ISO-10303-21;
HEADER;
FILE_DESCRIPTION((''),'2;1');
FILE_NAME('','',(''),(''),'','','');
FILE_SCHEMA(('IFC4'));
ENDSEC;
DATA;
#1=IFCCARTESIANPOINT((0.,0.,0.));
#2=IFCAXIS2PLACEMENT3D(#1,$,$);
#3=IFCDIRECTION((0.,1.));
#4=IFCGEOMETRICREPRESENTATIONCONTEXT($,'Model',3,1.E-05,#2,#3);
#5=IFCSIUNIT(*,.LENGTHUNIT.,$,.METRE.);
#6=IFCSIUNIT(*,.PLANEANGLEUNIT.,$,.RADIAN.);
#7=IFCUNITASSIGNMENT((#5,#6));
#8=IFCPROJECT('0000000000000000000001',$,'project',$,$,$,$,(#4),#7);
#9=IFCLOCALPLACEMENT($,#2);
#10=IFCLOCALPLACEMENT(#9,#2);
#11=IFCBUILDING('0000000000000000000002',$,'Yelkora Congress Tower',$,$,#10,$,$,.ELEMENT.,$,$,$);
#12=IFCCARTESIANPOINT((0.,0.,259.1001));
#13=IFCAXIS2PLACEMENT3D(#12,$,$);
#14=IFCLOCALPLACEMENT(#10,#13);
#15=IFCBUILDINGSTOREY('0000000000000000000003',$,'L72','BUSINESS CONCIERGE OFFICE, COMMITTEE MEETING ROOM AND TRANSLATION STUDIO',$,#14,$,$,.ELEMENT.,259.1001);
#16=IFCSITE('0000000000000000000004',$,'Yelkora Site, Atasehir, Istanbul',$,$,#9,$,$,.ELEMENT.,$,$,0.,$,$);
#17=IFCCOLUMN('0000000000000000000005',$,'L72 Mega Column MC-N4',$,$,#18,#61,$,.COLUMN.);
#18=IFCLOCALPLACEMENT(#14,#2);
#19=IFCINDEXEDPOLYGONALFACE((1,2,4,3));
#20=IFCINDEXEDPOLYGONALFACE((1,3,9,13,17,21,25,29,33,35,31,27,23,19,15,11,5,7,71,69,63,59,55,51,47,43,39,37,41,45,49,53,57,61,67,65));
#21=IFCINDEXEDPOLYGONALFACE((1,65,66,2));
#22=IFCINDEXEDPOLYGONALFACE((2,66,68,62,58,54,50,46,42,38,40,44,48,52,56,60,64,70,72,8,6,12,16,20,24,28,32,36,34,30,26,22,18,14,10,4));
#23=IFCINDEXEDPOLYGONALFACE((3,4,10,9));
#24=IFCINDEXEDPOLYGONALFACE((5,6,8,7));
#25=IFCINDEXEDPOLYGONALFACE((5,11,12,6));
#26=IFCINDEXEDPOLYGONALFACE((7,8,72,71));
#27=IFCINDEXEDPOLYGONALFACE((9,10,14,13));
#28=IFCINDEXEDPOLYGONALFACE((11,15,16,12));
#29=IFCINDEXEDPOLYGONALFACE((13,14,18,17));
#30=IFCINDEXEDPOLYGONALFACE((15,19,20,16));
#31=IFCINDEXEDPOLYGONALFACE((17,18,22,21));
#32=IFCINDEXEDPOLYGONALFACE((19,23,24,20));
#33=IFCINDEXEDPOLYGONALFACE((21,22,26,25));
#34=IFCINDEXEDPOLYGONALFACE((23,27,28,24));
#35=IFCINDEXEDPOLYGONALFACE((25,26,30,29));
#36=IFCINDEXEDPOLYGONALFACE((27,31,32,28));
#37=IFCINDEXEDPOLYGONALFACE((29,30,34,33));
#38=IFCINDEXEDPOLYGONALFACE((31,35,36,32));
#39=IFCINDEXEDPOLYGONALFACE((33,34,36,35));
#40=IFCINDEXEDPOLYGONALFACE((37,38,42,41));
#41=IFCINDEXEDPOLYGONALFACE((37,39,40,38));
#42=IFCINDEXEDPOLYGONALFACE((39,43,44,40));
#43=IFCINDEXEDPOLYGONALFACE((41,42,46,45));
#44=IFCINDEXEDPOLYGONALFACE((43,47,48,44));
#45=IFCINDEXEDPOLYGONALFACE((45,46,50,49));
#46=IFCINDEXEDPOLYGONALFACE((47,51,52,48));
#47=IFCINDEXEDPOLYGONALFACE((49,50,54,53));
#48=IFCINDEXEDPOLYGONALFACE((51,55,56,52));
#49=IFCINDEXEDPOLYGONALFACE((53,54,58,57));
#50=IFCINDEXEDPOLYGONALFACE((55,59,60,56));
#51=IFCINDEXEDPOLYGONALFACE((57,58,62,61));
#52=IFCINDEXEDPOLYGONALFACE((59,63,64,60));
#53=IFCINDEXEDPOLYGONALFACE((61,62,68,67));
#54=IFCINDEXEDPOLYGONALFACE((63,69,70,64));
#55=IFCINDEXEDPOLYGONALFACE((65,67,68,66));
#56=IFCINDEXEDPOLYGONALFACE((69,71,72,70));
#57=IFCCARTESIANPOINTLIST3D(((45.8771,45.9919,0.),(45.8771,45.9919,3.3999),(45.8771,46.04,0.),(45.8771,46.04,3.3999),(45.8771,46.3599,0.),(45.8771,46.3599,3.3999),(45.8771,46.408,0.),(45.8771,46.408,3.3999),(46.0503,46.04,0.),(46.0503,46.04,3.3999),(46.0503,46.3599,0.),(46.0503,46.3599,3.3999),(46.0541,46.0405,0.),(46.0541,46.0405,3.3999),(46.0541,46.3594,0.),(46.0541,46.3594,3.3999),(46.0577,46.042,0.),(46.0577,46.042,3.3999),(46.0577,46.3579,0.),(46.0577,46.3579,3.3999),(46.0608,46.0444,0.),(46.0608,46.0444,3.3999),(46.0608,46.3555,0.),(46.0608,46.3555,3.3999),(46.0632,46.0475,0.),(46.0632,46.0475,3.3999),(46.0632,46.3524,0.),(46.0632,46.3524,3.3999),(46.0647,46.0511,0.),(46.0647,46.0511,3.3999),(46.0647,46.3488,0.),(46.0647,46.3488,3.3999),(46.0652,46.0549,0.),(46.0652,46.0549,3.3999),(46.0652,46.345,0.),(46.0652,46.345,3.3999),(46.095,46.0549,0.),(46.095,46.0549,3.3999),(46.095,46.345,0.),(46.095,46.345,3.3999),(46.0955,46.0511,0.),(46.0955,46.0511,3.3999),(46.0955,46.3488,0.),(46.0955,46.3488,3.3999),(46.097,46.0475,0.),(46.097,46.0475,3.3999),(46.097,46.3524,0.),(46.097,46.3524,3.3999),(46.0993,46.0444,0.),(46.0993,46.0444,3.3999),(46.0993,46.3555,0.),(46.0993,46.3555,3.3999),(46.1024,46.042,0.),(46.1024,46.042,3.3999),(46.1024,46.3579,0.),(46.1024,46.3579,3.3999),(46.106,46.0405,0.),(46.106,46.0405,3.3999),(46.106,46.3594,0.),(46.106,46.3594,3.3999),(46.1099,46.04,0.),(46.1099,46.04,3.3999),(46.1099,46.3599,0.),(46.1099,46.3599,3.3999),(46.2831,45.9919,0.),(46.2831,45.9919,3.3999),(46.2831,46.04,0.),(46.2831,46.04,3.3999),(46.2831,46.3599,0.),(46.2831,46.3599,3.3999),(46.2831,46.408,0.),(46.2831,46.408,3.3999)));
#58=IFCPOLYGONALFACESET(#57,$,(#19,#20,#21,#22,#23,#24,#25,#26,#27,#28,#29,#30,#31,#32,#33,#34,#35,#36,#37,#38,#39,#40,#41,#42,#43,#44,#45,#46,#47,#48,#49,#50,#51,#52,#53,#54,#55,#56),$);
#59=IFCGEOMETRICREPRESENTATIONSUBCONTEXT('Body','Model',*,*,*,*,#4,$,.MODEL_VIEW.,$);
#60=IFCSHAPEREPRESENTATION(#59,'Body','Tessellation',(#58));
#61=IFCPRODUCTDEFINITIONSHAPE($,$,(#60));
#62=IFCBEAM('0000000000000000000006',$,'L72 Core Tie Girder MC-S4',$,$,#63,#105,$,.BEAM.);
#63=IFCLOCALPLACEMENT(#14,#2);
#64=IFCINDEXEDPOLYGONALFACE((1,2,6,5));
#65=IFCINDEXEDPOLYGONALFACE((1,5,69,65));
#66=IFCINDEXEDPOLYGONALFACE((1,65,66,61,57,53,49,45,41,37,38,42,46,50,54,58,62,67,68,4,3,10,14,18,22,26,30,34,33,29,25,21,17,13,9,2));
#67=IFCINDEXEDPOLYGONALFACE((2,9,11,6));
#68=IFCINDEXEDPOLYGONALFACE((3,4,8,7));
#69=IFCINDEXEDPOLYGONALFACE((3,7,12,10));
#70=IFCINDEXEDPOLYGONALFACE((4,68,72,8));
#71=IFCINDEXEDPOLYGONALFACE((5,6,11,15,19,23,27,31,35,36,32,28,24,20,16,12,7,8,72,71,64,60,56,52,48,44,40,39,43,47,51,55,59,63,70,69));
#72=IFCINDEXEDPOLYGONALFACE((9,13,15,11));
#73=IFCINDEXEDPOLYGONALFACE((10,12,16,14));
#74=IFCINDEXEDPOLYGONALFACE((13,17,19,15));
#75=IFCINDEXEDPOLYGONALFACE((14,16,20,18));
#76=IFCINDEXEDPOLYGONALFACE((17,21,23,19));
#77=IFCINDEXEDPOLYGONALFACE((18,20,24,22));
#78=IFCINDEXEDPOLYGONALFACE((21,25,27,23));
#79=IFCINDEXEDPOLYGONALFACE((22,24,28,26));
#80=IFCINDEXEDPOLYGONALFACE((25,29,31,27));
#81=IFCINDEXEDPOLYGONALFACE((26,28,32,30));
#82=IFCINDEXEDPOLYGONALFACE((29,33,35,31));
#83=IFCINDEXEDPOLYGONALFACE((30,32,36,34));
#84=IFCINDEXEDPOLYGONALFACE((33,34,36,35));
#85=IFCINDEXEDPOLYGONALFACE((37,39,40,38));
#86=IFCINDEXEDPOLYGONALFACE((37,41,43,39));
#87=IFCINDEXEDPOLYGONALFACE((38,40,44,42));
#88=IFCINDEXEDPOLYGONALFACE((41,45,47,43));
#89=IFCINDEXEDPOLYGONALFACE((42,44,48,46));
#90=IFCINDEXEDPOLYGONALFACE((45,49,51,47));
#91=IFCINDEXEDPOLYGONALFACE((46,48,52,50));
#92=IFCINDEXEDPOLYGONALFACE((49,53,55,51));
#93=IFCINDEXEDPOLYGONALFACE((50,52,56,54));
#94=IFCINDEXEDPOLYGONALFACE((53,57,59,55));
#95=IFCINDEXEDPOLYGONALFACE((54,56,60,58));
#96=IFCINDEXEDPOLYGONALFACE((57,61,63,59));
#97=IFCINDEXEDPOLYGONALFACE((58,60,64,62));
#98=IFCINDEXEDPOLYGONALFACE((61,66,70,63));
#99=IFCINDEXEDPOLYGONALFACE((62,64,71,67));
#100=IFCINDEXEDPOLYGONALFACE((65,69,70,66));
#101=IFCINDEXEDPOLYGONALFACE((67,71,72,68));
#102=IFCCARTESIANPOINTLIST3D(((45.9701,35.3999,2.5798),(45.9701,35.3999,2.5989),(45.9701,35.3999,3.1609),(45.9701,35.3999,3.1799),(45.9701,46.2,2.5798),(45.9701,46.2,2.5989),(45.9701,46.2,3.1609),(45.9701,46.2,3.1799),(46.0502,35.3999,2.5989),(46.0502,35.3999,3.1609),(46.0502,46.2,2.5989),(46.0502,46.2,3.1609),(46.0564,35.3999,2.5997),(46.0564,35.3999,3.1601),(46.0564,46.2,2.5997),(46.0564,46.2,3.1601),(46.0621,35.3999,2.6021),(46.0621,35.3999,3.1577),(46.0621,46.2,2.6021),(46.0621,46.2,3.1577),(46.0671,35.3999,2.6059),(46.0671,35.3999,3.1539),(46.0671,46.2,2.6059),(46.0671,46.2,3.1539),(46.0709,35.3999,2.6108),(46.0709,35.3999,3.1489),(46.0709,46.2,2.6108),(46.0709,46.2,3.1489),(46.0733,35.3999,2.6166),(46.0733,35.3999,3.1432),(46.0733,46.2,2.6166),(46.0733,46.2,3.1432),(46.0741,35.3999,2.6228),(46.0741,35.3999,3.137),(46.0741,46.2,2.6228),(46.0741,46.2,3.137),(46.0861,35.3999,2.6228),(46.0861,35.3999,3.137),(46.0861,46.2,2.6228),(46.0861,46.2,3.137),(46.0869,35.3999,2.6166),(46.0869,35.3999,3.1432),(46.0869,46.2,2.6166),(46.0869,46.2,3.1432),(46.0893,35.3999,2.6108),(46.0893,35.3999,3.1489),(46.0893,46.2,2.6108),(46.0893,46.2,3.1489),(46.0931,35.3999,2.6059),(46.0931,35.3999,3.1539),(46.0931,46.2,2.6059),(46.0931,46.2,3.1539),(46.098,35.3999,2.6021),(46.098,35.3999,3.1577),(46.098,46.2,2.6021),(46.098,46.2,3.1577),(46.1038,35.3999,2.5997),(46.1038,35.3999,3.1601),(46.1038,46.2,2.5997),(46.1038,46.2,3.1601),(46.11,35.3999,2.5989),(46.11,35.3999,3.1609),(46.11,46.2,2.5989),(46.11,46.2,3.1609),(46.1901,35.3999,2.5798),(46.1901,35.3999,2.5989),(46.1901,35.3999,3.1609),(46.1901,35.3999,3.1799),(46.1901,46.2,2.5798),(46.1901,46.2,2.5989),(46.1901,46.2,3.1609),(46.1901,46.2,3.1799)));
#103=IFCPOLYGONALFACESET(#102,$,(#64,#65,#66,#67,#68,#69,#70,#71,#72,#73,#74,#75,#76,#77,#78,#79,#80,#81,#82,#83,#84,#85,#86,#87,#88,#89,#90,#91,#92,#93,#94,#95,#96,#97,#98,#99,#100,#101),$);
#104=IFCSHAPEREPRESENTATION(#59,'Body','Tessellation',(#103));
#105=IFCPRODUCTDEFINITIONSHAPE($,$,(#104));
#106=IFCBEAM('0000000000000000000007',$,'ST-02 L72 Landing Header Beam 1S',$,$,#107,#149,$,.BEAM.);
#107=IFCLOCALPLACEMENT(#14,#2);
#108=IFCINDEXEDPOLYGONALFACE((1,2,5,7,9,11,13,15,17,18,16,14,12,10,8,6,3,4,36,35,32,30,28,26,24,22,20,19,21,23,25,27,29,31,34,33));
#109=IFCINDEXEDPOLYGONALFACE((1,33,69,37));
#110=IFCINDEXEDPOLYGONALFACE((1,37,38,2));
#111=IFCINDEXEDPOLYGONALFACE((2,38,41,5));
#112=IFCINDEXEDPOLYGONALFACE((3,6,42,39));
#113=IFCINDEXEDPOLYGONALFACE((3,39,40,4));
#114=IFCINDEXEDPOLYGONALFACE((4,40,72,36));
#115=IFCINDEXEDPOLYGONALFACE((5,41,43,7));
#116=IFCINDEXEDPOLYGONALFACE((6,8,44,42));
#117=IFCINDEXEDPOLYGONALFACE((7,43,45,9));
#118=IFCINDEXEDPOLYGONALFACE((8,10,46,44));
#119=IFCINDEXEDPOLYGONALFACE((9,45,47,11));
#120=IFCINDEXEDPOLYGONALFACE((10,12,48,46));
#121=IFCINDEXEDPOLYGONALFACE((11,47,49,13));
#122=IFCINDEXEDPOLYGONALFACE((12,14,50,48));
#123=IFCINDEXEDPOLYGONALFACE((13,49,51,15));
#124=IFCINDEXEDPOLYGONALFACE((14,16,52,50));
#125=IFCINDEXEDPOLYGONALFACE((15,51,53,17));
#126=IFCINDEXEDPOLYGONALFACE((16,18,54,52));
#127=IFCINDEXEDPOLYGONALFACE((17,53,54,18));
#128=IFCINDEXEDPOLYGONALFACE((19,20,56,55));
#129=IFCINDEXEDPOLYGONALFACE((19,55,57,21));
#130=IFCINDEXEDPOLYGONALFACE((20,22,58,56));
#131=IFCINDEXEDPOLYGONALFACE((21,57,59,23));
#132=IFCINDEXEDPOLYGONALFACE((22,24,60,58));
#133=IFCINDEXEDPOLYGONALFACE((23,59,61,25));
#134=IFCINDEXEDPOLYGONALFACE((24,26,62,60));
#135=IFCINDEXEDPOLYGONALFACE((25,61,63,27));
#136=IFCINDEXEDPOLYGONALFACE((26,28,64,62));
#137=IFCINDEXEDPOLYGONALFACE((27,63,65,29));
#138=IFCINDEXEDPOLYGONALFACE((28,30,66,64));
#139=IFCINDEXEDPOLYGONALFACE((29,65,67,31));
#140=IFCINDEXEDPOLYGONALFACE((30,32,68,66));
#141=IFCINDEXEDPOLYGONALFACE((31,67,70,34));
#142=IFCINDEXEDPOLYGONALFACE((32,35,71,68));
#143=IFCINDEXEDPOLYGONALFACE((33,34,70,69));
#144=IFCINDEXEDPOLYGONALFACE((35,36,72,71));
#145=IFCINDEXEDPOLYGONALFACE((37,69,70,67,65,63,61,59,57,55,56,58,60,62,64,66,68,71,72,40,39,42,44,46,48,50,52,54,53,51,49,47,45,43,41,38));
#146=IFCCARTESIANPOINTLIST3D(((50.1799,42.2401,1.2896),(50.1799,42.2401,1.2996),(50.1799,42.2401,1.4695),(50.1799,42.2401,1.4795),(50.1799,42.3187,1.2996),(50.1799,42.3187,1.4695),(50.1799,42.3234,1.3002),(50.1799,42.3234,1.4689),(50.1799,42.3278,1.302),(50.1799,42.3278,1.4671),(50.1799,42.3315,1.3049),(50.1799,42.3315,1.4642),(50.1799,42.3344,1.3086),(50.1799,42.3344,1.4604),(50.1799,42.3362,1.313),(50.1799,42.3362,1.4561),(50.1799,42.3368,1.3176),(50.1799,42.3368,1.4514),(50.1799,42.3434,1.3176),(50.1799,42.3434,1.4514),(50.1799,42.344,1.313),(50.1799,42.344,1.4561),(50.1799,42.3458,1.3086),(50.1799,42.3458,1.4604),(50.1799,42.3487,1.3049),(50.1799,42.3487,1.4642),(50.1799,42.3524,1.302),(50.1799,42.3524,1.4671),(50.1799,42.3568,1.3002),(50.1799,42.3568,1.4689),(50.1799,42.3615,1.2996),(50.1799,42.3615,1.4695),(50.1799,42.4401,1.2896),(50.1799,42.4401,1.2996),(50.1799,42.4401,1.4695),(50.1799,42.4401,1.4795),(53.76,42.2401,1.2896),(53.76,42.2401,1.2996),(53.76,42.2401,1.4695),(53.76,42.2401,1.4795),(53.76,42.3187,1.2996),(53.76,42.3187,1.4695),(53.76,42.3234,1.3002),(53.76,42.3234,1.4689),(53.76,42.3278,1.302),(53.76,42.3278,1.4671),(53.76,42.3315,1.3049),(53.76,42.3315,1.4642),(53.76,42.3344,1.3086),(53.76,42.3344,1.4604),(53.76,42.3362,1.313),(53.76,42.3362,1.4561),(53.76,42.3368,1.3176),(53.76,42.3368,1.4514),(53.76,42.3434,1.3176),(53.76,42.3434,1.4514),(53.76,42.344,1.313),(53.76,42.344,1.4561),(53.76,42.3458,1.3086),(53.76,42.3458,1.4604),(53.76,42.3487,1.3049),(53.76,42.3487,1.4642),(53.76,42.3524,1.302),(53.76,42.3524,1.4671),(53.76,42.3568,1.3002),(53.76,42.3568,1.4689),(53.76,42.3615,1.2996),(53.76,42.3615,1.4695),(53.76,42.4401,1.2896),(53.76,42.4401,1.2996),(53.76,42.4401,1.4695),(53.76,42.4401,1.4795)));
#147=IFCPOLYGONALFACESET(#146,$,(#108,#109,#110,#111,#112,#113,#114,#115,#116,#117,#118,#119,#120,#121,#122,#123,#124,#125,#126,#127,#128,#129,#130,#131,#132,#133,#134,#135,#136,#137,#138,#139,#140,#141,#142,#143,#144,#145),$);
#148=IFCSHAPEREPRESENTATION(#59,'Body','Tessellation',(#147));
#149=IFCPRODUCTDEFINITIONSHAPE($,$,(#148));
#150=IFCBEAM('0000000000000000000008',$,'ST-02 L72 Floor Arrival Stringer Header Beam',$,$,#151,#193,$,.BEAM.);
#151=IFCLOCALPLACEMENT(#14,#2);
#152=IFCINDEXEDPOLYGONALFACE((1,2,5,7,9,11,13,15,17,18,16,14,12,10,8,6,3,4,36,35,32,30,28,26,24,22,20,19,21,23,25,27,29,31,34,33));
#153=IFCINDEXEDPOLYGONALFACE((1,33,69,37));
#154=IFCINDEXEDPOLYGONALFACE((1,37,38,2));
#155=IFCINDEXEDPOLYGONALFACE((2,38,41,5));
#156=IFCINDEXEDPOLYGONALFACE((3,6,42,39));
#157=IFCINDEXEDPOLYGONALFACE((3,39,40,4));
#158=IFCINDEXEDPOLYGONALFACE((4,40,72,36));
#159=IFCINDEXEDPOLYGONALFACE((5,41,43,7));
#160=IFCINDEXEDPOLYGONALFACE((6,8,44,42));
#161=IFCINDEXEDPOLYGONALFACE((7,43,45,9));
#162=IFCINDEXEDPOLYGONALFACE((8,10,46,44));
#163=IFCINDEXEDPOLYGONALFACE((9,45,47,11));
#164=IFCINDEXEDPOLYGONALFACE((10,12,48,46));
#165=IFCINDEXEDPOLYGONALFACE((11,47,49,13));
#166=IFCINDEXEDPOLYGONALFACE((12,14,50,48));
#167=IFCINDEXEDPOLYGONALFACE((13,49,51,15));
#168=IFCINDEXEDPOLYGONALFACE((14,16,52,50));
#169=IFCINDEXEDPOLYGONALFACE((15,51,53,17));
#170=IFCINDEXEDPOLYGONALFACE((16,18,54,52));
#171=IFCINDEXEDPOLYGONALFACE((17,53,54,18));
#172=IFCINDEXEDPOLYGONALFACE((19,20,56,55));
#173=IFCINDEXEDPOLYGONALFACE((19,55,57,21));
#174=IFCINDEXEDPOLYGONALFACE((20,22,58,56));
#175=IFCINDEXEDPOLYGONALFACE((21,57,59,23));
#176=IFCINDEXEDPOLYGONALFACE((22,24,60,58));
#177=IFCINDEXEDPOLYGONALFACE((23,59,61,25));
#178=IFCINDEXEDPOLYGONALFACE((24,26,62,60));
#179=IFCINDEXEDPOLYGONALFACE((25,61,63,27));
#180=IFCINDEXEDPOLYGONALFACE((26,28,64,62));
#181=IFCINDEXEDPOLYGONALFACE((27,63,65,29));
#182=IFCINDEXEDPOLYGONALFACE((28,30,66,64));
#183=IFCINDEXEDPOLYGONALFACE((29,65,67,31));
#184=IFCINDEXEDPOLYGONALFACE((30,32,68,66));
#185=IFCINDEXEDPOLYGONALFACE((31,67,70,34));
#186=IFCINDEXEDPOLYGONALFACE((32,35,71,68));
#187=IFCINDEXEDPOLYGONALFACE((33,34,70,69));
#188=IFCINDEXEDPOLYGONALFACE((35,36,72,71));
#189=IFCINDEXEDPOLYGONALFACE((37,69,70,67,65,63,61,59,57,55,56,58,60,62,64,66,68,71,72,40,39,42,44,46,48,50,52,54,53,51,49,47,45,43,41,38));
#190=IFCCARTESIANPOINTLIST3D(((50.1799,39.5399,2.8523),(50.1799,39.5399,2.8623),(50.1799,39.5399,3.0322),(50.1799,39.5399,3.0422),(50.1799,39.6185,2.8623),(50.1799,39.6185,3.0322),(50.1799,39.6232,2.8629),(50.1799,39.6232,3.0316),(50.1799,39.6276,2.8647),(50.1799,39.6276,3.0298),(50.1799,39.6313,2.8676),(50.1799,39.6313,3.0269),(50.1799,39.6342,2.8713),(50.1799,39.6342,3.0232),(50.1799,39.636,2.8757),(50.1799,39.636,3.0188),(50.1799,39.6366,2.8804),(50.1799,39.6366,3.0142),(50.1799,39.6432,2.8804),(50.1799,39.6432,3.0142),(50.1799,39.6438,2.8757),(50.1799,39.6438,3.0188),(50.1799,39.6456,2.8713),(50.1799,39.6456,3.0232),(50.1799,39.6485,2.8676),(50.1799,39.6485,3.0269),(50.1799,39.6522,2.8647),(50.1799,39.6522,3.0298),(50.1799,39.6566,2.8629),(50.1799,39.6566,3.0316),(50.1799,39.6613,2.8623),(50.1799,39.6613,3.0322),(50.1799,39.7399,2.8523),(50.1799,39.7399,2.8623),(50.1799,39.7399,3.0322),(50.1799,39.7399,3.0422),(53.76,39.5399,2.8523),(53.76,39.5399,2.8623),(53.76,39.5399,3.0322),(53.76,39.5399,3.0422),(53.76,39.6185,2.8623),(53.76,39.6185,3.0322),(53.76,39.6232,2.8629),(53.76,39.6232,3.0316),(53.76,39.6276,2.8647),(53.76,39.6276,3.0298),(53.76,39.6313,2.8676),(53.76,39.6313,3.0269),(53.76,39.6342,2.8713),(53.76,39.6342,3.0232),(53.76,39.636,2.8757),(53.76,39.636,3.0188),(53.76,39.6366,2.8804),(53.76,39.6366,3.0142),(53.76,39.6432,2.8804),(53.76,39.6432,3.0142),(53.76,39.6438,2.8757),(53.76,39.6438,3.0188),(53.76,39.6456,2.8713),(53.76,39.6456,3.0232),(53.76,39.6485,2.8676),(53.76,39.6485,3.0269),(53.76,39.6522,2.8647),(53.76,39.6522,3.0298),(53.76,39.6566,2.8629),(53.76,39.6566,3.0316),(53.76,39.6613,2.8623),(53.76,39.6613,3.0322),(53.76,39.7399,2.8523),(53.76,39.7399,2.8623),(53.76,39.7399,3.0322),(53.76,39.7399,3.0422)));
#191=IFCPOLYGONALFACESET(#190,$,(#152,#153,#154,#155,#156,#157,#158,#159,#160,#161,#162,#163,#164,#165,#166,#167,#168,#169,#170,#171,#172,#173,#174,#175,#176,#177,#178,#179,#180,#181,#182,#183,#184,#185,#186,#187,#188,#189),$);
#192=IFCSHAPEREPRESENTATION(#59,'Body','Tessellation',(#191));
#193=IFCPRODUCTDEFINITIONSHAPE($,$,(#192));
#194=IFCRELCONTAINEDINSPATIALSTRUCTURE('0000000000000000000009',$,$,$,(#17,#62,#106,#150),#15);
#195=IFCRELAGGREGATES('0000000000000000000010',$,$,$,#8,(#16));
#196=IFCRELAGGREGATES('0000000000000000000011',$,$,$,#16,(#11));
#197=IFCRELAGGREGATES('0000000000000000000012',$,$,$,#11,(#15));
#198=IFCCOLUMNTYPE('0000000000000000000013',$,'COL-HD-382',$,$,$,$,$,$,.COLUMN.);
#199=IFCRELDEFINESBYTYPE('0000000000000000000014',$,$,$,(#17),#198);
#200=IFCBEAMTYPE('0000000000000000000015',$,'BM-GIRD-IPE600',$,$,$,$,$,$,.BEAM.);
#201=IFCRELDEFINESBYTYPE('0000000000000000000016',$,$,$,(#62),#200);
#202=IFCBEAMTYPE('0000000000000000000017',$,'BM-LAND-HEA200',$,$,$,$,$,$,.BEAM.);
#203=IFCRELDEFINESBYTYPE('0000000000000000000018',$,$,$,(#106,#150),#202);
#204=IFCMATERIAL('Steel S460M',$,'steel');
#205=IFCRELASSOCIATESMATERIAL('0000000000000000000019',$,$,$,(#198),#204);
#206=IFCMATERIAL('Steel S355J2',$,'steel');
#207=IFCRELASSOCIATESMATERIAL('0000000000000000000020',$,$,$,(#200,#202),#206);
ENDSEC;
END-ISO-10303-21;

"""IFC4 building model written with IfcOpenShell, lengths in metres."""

from ifc_helpers import new_model, si_unit, direction, frame, origin, origin_2d, place, context, subcontext, project, spatial, i_section, extrude, material, material_profile, profile_set, type_object, element, save


model = new_model("IFC4")

# Units and contexts
model_context = context("Model", 3, precision=1e-05, world=origin(), true_north=direction((0.0, 1.0)))
body_context = subcontext(model_context, "Body", "Model", "MODEL_VIEW")
ifc_project = project(units=[si_unit("LENGTHUNIT", "METRE"), si_unit("PLANEANGLEUNIT", "RADIAN")], contexts=[model_context])

# Site, building, storey
site_placement = place(None, origin())
site = spatial("IfcSite", under=ifc_project, at=site_placement, Name="Yelkora Site, Atasehir, Istanbul", CompositionType="ELEMENT", RefElevation=0.0)
building_placement = place(site_placement, origin())
building = spatial("IfcBuilding", under=site, at=building_placement, Name="Yelkora Congress Tower", CompositionType="ELEMENT")
storey_placement = place(building_placement, frame((0.0, 0.0, 259.1001)))
storey = spatial("IfcBuildingStorey", under=building, at=storey_placement, Name="L72", Description="BUSINESS CONCIERGE OFFICE, COMMITTEE MEETING ROOM AND TRANSLATION STUDIO", CompositionType="ELEMENT", Elevation=259.1001)

# Column
ifc_material_1 = material(Name="Steel S460M", Category="steel")
ifc_material_profile_1 = material_profile(ifc_material_1, i_section(OverallWidth=0.406, OverallDepth=0.416, WebThickness=0.0298, FlangeThickness=0.0481, FilletRadius=0.0149, at=origin_2d()), Name="HD 400x382")
ifc_profile_set_1 = profile_set([ifc_material_profile_1], Name="Steel S460M")
column_type = type_object("IfcColumnType", Name="COL-HD-382", PredefinedType="COLUMN", material=ifc_profile_set_1)
column_placement = place(storey_placement, frame((46.0801, 46.2, 0.0), z_axis=(0.0, 0.0, 1.0), x_axis=(1.0, 0.0, 0.0)))
element("IfcColumn", 1, at=column_placement, inside=storey, type_object=column_type, Name="L72 Mega Column MC-N4", PredefinedType="COLUMN", context=body_context, shape_type="SweptSolid", body=[
    extrude(i_section(OverallWidth=0.406, OverallDepth=0.416, WebThickness=0.0298, FlangeThickness=0.0481, FilletRadius=0.0149, at=origin_2d()), origin(), (0.0, 0.0, 1.0), 3.3999),
])

# Beams
ifc_material_2 = material(Name="Steel S355J2", Category="steel")
ifc_material_profile_2 = material_profile(ifc_material_2, i_section(OverallWidth=0.22, OverallDepth=0.6001, WebThickness=0.012, FlangeThickness=0.019, FilletRadius=0.0239, at=origin_2d()), Name="IPE 600")
ifc_profile_set_2 = profile_set([ifc_material_profile_2], Name="Steel S355J2")
beam_type_1 = type_object("IfcBeamType", Name="BM-GIRD-IPE600", PredefinedType="BEAM", material=ifc_profile_set_2)
beam_placement = place(storey_placement, frame((46.0801, 35.3999, 2.8799), z_axis=(0.0, 1.0, 0.0), x_axis=(-1.0, 0.0, 0.0)))
element("IfcBeam", 2, at=beam_placement, inside=storey, type_object=beam_type_1, Name="L72 Core Tie Girder MC-S4", PredefinedType="BEAM", context=body_context, shape_type="SweptSolid", body=[
    extrude(i_section(OverallWidth=0.22, OverallDepth=0.6001, WebThickness=0.012, FlangeThickness=0.019, FilletRadius=0.0239, at=origin_2d()), origin(), (0.0, 0.0, 1.0), 10.8),
])
ifc_material_profile_3 = material_profile(ifc_material_2, i_section(OverallWidth=0.2, OverallDepth=0.1899, WebThickness=0.0066, FlangeThickness=0.01, FilletRadius=0.0181, at=origin_2d()), Name="HEA 200")
ifc_profile_set_3 = profile_set([ifc_material_profile_3], Name="Steel S355J2")
beam_type_2 = type_object("IfcBeamType", Name="BM-LAND-HEA200", PredefinedType="BEAM", material=ifc_profile_set_3)
for number, where, z_axis, x_axis, name in (
    (3, (50.1799, 42.3401, 1.3845), (1.0, 0.0, 0.0), (0.0, 1.0, 0.0), "ST-02 L72 Landing Header Beam 1S"),
    (4, (50.1799, 39.6399, 2.9473), (1.0, 0.0, 0.0), (0.0, 1.0, 0.0), "ST-02 L72 Floor Arrival Stringer Header Beam"),
):
    element("IfcBeam", number, at=place(storey_placement, frame(where, z_axis=z_axis, x_axis=x_axis)), inside=storey, type_object=beam_type_2, Name=name, PredefinedType="BEAM", context=body_context, shape_type="SweptSolid", body=[
        extrude(i_section(OverallWidth=0.2, OverallDepth=0.1899, WebThickness=0.0066, FlangeThickness=0.01, FilletRadius=0.0181, at=origin_2d()), origin(), (0.0, 0.0, 1.0), 3.5801),
    ])

save(model, "model.ifc")
